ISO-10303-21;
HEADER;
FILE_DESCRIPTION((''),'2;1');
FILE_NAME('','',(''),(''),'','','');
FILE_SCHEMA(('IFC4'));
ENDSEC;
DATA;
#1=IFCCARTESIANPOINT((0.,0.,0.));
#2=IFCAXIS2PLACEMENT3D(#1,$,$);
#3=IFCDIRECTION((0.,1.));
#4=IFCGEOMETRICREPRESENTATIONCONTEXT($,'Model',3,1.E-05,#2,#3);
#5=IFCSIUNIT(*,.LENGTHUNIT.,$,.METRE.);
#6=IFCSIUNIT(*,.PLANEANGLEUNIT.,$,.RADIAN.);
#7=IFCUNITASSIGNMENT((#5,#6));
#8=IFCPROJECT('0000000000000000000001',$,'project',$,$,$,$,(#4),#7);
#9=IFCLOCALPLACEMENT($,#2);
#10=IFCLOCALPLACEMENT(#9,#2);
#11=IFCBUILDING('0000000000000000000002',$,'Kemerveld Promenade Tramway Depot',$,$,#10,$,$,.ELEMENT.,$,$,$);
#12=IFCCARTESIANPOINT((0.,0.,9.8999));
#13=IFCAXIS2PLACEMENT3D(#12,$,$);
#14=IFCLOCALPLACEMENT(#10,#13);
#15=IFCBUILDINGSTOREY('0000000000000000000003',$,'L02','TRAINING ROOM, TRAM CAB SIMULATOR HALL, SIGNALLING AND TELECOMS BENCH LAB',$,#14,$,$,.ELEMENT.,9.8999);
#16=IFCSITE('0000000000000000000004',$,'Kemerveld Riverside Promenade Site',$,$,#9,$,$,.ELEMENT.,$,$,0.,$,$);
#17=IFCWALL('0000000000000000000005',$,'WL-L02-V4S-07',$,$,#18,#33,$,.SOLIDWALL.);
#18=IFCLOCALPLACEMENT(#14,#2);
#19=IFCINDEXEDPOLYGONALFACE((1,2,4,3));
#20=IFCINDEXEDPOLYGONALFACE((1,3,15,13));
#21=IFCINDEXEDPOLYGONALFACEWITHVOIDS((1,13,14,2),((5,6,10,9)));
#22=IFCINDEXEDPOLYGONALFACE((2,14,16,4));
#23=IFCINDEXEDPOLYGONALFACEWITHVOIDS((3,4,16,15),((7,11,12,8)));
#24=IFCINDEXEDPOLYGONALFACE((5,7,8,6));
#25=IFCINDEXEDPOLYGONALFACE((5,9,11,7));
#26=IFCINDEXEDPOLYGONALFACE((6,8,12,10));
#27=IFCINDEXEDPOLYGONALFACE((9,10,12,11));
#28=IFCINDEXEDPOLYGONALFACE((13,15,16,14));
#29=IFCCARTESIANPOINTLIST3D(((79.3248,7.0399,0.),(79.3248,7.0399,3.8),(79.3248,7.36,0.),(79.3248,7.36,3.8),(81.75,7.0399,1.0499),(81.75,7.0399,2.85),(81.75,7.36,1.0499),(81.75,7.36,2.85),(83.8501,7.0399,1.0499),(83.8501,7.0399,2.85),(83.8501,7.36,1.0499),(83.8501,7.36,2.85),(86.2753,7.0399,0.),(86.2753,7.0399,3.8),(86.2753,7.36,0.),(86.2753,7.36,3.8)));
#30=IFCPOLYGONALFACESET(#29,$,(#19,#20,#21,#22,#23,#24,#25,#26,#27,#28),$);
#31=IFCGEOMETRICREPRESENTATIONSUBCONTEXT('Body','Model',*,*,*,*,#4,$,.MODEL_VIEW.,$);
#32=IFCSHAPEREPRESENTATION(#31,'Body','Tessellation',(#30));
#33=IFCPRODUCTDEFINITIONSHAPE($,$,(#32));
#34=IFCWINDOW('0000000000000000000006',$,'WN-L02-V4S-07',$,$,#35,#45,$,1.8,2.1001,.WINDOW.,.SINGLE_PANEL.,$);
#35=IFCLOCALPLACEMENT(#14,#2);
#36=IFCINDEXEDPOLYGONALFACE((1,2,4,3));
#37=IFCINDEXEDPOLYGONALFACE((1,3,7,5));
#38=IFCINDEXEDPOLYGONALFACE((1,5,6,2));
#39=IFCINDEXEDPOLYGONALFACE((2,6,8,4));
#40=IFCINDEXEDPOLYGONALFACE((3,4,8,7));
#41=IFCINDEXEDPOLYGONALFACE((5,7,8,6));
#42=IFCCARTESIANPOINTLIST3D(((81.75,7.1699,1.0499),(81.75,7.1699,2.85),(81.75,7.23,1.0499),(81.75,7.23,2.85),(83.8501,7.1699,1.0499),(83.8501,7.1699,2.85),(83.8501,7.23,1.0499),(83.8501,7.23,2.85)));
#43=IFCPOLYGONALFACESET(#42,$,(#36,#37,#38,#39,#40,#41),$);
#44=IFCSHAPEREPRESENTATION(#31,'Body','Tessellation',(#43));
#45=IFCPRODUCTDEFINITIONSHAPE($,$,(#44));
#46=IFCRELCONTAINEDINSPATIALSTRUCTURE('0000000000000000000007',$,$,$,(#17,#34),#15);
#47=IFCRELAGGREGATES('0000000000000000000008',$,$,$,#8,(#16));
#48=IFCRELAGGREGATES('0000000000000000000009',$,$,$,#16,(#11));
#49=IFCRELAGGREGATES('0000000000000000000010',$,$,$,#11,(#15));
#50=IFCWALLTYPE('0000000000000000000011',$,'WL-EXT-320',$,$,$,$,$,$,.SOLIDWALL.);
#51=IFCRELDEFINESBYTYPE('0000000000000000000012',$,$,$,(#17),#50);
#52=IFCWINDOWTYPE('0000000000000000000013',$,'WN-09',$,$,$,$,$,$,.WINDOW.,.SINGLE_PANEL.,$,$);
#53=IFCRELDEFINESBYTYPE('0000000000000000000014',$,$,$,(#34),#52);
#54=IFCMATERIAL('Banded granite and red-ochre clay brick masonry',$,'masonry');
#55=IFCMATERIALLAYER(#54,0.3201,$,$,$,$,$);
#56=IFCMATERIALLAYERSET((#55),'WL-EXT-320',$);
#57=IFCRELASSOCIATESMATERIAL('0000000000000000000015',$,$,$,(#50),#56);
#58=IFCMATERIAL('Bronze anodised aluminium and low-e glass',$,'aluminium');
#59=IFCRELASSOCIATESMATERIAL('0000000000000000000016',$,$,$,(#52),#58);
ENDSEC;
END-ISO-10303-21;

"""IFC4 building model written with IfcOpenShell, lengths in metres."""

from ifc_helpers import new_model, si_unit, direction, frame, frame_2d, origin, place, context, subcontext, project, spatial, rectangle, extrude, material, layer, layer_set, type_object, element, fill, save


model = new_model("IFC4")

# Units and contexts
model_context = context("Model", 3, precision=1e-05, world=origin(), true_north=direction((0.0, 1.0)))
body_context = subcontext(model_context, "Body", "Model", "MODEL_VIEW")
ifc_project = project(units=[si_unit("LENGTHUNIT", "METRE"), si_unit("PLANEANGLEUNIT", "RADIAN")], contexts=[model_context])

# Site, building, storey
site_placement = place(None, origin())
site = spatial("IfcSite", under=ifc_project, at=site_placement, Name="Kemerveld Riverside Promenade Site", CompositionType="ELEMENT", RefElevation=0.0)
building_placement = place(site_placement, origin())
building = spatial("IfcBuilding", under=site, at=building_placement, Name="Kemerveld Promenade Tramway Depot", CompositionType="ELEMENT")
storey_placement = place(building_placement, frame((0.0, 0.0, 9.8999)))
storey = spatial("IfcBuildingStorey", under=building, at=storey_placement, Name="L02", Description="TRAINING ROOM, TRAM CAB SIMULATOR HALL, SIGNALLING AND TELECOMS BENCH LAB", CompositionType="ELEMENT", Elevation=9.8999)

# Wall, opening, window
ifc_material_1 = material(Name="Banded granite and red-ochre clay brick masonry", Category="masonry")
ifc_layer_1 = layer(ifc_material_1, 0.3201)
ifc_layer_set_1 = layer_set([ifc_layer_1], Name="WL-EXT-320")
wall_type = type_object("IfcWallType", Name="WL-EXT-320", PredefinedType="SOLIDWALL", material=ifc_layer_set_1)
wall_placement = place(storey_placement, frame((86.2751, 7.2, 0.0), z_axis=(0.0, 0.0, 1.0), x_axis=(-1.0, 0.0, 0.0)))
wall = element("IfcWall", 1, at=wall_placement, inside=storey, type_object=wall_type, Name="WL-L02-V4S-07", PredefinedType="SOLIDWALL", context=body_context, shape_type="SweptSolid", body=[
    extrude(rectangle(XDim=6.9504, YDim=0.3201, at=frame_2d((3.4751, 0.0))), origin(), (0.0, 0.0, 1.0), 3.8),
])
opening_placement = place(wall_placement, frame((2.425, 0.0, 1.05)))
opening = element("IfcOpeningElement", 2, at=opening_placement, cuts=wall, PredefinedType="OPENING", context=body_context, shape_type="SweptSolid", body=[
    extrude(rectangle(XDim=2.1001, YDim=1.8, at=frame_2d((1.05, 0.8999))), frame((0.0, 0.1699, 0.0), z_axis=(0.0, -1.0, 0.0), x_axis=(1.0, 0.0, 0.0)), (0.0, 0.0, 1.0), 0.3401),
])
ifc_material_2 = material(Name="Bronze anodised aluminium and low-e glass", Category="aluminium")
window_type = type_object("IfcWindowType", Name="WN-09", PartitioningType="SINGLE_PANEL", PredefinedType="WINDOW", material=ifc_material_2)
window_placement = place(opening_placement, origin())
window = element("IfcWindow", 3, at=window_placement, inside=storey, type_object=window_type, Name="WN-L02-V4S-07", OverallHeight=1.8, OverallWidth=2.1001, PartitioningType="SINGLE_PANEL", PredefinedType="WINDOW", context=body_context, shape_type="SweptSolid", body=[
    extrude(rectangle(XDim=2.1001, YDim=1.8, at=frame_2d((1.05, 0.8999))), frame((0.0, 0.03, 0.0), z_axis=(0.0, -1.0, 0.0), x_axis=(1.0, 0.0, 0.0)), (0.0, 0.0, 1.0), 0.0601),
])
fill(opening, window)

save(model, "model.ifc")
